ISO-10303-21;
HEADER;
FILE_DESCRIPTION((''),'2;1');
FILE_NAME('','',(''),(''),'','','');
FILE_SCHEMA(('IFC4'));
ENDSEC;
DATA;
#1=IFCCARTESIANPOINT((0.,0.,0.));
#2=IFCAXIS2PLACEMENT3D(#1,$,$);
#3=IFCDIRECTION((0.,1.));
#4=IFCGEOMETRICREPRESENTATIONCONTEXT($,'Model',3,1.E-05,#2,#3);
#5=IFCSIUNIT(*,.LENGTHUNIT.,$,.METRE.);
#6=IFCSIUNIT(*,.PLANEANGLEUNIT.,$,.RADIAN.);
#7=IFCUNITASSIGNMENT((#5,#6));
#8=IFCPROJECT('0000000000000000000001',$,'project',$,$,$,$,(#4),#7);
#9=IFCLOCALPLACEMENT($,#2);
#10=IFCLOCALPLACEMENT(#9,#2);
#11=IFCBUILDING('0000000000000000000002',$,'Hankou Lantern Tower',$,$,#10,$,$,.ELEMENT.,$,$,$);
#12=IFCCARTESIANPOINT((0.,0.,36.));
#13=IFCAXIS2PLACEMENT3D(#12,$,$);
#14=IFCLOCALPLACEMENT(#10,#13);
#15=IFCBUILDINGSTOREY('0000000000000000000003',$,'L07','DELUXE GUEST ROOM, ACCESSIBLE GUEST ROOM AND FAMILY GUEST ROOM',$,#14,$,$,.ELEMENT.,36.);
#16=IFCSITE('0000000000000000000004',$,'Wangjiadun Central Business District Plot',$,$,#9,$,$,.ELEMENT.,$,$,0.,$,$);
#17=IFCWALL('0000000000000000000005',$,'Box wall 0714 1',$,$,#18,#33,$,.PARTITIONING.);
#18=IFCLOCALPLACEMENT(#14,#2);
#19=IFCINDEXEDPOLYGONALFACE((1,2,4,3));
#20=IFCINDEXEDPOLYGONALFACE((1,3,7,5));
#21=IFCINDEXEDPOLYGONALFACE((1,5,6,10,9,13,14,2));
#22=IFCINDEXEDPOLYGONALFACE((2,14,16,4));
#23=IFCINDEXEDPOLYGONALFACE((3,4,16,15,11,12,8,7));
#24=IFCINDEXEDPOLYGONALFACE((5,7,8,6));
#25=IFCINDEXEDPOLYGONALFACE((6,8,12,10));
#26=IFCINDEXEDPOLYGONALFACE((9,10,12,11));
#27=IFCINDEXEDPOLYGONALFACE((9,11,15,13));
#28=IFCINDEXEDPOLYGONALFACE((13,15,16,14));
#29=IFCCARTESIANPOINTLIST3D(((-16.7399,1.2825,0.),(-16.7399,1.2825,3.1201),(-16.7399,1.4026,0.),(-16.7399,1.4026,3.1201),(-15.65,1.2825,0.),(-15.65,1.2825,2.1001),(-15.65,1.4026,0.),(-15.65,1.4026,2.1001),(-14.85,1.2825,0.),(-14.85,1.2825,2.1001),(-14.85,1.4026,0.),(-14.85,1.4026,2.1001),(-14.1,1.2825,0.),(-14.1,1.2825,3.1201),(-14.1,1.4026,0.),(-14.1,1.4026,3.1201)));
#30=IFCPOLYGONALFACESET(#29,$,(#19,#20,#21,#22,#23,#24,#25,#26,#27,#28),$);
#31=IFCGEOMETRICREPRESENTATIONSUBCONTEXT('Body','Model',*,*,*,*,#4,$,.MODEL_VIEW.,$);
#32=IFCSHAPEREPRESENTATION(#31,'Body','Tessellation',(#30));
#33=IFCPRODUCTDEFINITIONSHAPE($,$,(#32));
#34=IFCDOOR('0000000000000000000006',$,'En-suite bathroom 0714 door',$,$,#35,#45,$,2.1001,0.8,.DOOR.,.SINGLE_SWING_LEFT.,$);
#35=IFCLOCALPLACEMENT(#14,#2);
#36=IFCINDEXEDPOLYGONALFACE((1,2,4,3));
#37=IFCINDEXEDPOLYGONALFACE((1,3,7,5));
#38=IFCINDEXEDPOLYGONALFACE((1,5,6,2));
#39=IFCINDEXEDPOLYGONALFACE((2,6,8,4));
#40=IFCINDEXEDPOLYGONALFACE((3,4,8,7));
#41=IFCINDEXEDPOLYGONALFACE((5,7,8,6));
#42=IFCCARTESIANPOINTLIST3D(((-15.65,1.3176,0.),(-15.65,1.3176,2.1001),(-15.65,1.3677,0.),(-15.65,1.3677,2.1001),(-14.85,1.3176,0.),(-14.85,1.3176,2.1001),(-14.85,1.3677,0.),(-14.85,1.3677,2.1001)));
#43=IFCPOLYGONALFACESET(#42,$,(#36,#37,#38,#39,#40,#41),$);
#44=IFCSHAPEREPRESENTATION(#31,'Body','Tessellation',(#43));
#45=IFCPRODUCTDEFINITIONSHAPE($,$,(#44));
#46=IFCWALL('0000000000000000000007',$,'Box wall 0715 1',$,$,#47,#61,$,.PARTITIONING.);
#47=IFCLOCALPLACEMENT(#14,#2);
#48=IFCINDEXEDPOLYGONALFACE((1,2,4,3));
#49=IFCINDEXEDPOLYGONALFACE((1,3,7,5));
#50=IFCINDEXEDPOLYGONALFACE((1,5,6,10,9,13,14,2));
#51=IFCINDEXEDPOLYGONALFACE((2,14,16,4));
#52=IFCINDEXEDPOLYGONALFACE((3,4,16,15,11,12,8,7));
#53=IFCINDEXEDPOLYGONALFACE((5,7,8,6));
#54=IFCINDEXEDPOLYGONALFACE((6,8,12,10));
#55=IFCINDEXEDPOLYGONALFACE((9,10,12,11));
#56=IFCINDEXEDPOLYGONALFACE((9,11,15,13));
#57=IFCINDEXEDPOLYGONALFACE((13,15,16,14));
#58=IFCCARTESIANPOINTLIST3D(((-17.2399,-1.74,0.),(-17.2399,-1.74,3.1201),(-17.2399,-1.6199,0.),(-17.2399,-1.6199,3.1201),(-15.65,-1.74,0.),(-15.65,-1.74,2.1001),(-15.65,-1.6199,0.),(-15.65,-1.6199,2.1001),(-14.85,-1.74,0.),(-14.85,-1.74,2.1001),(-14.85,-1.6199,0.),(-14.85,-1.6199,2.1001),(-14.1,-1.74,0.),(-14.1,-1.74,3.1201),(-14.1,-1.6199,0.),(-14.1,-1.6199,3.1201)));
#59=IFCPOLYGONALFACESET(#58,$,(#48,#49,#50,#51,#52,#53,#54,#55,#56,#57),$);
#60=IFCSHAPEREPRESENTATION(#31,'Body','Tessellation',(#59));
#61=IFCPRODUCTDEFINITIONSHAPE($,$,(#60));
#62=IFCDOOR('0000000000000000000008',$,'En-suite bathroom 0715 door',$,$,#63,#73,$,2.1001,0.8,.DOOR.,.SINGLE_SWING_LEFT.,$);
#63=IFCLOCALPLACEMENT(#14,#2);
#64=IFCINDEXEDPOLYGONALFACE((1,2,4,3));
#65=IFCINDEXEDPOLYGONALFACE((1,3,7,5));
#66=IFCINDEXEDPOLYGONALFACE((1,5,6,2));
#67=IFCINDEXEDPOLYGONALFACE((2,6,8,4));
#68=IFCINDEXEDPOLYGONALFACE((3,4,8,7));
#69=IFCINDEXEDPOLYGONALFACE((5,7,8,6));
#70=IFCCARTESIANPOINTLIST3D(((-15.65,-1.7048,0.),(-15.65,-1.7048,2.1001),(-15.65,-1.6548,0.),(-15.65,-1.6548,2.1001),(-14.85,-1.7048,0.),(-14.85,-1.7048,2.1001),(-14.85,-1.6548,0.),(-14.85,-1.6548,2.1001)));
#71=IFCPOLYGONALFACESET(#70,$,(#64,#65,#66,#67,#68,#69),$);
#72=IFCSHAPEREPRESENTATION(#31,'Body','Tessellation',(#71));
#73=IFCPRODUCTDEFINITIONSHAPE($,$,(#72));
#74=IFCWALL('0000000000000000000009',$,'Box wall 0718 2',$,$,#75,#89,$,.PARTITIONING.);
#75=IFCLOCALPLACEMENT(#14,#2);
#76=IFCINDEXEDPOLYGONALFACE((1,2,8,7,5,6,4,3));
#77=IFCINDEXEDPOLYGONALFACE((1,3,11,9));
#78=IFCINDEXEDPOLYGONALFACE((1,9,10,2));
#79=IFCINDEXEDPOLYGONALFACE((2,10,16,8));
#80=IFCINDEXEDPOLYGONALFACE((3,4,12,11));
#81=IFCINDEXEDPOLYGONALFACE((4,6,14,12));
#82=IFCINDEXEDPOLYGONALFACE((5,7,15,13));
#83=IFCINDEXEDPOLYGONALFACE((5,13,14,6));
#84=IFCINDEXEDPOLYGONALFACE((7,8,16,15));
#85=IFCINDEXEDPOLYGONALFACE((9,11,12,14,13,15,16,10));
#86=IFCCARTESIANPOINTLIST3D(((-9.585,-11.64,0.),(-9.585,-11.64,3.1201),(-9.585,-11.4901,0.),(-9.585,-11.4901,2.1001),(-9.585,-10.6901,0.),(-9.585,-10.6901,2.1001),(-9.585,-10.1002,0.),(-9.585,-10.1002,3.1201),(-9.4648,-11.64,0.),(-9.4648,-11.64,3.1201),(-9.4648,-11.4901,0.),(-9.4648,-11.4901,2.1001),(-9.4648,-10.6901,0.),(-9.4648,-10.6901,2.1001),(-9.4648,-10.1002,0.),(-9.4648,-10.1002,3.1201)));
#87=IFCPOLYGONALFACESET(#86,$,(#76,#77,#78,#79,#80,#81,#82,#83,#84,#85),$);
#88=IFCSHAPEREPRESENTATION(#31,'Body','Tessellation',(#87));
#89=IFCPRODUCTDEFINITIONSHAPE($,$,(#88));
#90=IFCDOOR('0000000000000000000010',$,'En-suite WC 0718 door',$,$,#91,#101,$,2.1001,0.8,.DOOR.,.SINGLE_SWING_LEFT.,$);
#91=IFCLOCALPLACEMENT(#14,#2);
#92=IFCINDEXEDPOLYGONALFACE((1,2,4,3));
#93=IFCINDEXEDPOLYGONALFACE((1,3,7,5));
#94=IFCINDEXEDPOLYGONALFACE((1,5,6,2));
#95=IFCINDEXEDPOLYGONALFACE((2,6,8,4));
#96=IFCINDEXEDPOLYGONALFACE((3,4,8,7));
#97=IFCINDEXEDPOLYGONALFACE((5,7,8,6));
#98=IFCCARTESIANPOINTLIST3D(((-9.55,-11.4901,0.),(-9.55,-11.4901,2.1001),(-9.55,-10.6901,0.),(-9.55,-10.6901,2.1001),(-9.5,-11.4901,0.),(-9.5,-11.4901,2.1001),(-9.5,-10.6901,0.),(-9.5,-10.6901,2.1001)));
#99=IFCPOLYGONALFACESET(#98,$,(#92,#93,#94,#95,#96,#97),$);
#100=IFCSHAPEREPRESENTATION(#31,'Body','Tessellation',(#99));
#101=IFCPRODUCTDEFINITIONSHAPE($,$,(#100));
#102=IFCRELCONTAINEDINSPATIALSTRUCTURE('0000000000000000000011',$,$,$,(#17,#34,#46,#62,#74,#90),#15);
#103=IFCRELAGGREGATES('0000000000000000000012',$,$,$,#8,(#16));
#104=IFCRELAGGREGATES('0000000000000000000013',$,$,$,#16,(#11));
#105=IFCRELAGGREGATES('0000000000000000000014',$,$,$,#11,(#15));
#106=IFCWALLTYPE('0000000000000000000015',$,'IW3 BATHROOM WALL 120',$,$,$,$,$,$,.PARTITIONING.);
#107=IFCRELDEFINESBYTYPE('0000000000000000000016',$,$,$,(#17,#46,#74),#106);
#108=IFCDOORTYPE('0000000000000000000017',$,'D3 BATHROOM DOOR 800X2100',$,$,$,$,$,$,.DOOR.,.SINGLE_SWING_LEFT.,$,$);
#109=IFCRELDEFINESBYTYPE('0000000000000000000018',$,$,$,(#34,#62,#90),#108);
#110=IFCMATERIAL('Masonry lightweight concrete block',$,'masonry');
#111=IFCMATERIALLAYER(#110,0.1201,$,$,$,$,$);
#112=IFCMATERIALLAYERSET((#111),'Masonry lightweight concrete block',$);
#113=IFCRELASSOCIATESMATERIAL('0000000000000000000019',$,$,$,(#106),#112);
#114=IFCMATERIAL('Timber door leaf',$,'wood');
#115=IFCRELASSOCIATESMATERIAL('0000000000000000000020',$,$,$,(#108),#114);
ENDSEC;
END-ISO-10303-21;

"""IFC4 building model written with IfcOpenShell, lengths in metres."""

from ifc_helpers import new_model, si_unit, direction, frame, frame_2d, origin, place, context, subcontext, project, spatial, rectangle, extrude, material, layer, layer_set, type_object, element, fill, save


model = new_model("IFC4")

# Units and contexts
model_context = context("Model", 3, precision=1e-05, world=origin(), true_north=direction((0.0, 1.0)))
body_context = subcontext(model_context, "Body", "Model", "MODEL_VIEW")
ifc_project = project(units=[si_unit("LENGTHUNIT", "METRE"), si_unit("PLANEANGLEUNIT", "RADIAN")], contexts=[model_context])

# Site, building, storey
site_placement = place(None, origin())
site = spatial("IfcSite", under=ifc_project, at=site_placement, Name="Wangjiadun Central Business District Plot", CompositionType="ELEMENT", RefElevation=0.0)
building_placement = place(site_placement, origin())
building = spatial("IfcBuilding", under=site, at=building_placement, Name="Hankou Lantern Tower", CompositionType="ELEMENT")
storey_placement = place(building_placement, frame((0.0, 0.0, 36.0)))
storey = spatial("IfcBuildingStorey", under=building, at=storey_placement, Name="L07", Description="DELUXE GUEST ROOM, ACCESSIBLE GUEST ROOM AND FAMILY GUEST ROOM", CompositionType="ELEMENT", Elevation=36.0)

# Walls, openings, doors
ifc_material_1 = material(Name="Masonry lightweight concrete block", Category="masonry")
ifc_layer_1 = layer(ifc_material_1, 0.1201)
ifc_layer_set_1 = layer_set([ifc_layer_1], Name="Masonry lightweight concrete block")
wall_type_1 = type_object("IfcWallType", Name="IW3 BATHROOM WALL 120", PredefinedType="PARTITIONING", material=ifc_layer_set_1)
wall_1_placement = place(storey_placement, frame((-14.1001, 1.3425, 0.0), z_axis=(0.0, 0.0, 1.0), x_axis=(-1.0, 0.0, 0.0)))
wall_1 = element("IfcWall", 1, at=wall_1_placement, inside=storey, type_object=wall_type_1, Name="Box wall 0714 1", PredefinedType="PARTITIONING", context=body_context, shape_type="SweptSolid", body=[
    extrude(rectangle(XDim=2.6399, YDim=0.1201, at=frame_2d((1.3198, 0.0))), origin(), (0.0, 0.0, 1.0), 3.1201),
])
opening_1_placement = place(wall_1_placement, frame((0.75, 0.0, 0.0)))
opening_1 = element("IfcOpeningElement", 2, at=opening_1_placement, cuts=wall_1, PredefinedType="OPENING", context=body_context, shape_type="SweptSolid", body=[
    extrude(rectangle(XDim=0.8, YDim=2.1001, at=frame_2d((0.3999, 1.05))), frame((0.0, 0.0701, 0.0), z_axis=(0.0, -1.0, 0.0), x_axis=(1.0, 0.0, 0.0)), (0.0, 0.0, 1.0), 0.1401),
])
ifc_material_2 = material(Name="Timber door leaf", Category="wood")
door_type_1 = type_object("IfcDoorType", Name="D3 BATHROOM DOOR 800X2100", OperationType="SINGLE_SWING_LEFT", PredefinedType="DOOR", material=ifc_material_2)
door_1_placement = place(opening_1_placement, origin())
door_1 = element("IfcDoor", 3, at=door_1_placement, inside=storey, type_object=door_type_1, Name="En-suite bathroom 0714 door", OperationType="SINGLE_SWING_LEFT", OverallHeight=2.1001, OverallWidth=0.8, PredefinedType="DOOR", context=body_context, shape_type="SweptSolid", body=[
    extrude(rectangle(XDim=0.8, YDim=2.1001, at=frame_2d((0.3999, 1.05))), frame((0.0, 0.0249, 0.0), z_axis=(0.0, -1.0, 0.0), x_axis=(1.0, 0.0, 0.0)), (0.0, 0.0, 1.0), 0.05),
])
fill(opening_1, door_1)
wall_2_placement = place(storey_placement, frame((-14.1001, -1.6799, 0.0), z_axis=(0.0, 0.0, 1.0), x_axis=(-1.0, 0.0, 0.0)))
wall_2 = element("IfcWall", 4, at=wall_2_placement, inside=storey, type_object=wall_type_1, Name="Box wall 0715 1", PredefinedType="PARTITIONING", context=body_context, shape_type="SweptSolid", body=[
    extrude(rectangle(XDim=3.1399, YDim=0.1201, at=frame_2d((1.5698, 0.0))), origin(), (0.0, 0.0, 1.0), 3.1201),
])
opening_2_placement = place(wall_2_placement, frame((0.75, 0.0, 0.0)))
opening_2 = element("IfcOpeningElement", 5, at=opening_2_placement, cuts=wall_2, PredefinedType="OPENING", context=body_context, shape_type="SweptSolid", body=[
    extrude(rectangle(XDim=0.8, YDim=2.1001, at=frame_2d((0.3999, 1.05))), frame((0.0, 0.0701, 0.0), z_axis=(0.0, -1.0, 0.0), x_axis=(1.0, 0.0, 0.0)), (0.0, 0.0, 1.0), 0.1401),
])
door_2_placement = place(opening_2_placement, origin())
door_2 = element("IfcDoor", 6, at=door_2_placement, inside=storey, type_object=door_type_1, Name="En-suite bathroom 0715 door", OperationType="SINGLE_SWING_LEFT", OverallHeight=2.1001, OverallWidth=0.8, PredefinedType="DOOR", context=body_context, shape_type="SweptSolid", body=[
    extrude(rectangle(XDim=0.8, YDim=2.1001, at=frame_2d((0.3999, 1.05))), frame((0.0, 0.0249, 0.0), z_axis=(0.0, -1.0, 0.0), x_axis=(1.0, 0.0, 0.0)), (0.0, 0.0, 1.0), 0.05),
])
fill(opening_2, door_2)
wall_3_placement = place(storey_placement, frame((-9.5249, -10.1001, 0.0), z_axis=(0.0, 0.0, 1.0), x_axis=(0.0, -1.0, 0.0)))
wall_3 = element("IfcWall", 7, at=wall_3_placement, inside=storey, type_object=wall_type_1, Name="Box wall 0718 2", PredefinedType="PARTITIONING", context=body_context, shape_type="SweptSolid", body=[
    extrude(rectangle(XDim=1.5398, YDim=0.1201, at=frame_2d((0.77, 0.0))), origin(), (0.0, 0.0, 1.0), 3.1201),
])
opening_3_placement = place(wall_3_placement, frame((0.5901, 0.0, 0.0)))
opening_3 = element("IfcOpeningElement", 8, at=opening_3_placement, cuts=wall_3, PredefinedType="OPENING", context=body_context, shape_type="SweptSolid", body=[
    extrude(rectangle(XDim=0.8, YDim=2.1001, at=frame_2d((0.3999, 1.05))), frame((0.0, 0.0701, 0.0), z_axis=(0.0, -1.0, 0.0), x_axis=(1.0, 0.0, 0.0)), (0.0, 0.0, 1.0), 0.1401),
])
door_3_placement = place(opening_3_placement, origin())
door_3 = element("IfcDoor", 9, at=door_3_placement, inside=storey, type_object=door_type_1, Name="En-suite WC 0718 door", OperationType="SINGLE_SWING_LEFT", OverallHeight=2.1001, OverallWidth=0.8, PredefinedType="DOOR", context=body_context, shape_type="SweptSolid", body=[
    extrude(rectangle(XDim=0.8, YDim=2.1001, at=frame_2d((0.3999, 1.05))), frame((0.0, 0.0249, 0.0), z_axis=(0.0, -1.0, 0.0), x_axis=(1.0, 0.0, 0.0)), (0.0, 0.0, 1.0), 0.05),
])
fill(opening_3, door_3)

save(model, "model.ifc")
